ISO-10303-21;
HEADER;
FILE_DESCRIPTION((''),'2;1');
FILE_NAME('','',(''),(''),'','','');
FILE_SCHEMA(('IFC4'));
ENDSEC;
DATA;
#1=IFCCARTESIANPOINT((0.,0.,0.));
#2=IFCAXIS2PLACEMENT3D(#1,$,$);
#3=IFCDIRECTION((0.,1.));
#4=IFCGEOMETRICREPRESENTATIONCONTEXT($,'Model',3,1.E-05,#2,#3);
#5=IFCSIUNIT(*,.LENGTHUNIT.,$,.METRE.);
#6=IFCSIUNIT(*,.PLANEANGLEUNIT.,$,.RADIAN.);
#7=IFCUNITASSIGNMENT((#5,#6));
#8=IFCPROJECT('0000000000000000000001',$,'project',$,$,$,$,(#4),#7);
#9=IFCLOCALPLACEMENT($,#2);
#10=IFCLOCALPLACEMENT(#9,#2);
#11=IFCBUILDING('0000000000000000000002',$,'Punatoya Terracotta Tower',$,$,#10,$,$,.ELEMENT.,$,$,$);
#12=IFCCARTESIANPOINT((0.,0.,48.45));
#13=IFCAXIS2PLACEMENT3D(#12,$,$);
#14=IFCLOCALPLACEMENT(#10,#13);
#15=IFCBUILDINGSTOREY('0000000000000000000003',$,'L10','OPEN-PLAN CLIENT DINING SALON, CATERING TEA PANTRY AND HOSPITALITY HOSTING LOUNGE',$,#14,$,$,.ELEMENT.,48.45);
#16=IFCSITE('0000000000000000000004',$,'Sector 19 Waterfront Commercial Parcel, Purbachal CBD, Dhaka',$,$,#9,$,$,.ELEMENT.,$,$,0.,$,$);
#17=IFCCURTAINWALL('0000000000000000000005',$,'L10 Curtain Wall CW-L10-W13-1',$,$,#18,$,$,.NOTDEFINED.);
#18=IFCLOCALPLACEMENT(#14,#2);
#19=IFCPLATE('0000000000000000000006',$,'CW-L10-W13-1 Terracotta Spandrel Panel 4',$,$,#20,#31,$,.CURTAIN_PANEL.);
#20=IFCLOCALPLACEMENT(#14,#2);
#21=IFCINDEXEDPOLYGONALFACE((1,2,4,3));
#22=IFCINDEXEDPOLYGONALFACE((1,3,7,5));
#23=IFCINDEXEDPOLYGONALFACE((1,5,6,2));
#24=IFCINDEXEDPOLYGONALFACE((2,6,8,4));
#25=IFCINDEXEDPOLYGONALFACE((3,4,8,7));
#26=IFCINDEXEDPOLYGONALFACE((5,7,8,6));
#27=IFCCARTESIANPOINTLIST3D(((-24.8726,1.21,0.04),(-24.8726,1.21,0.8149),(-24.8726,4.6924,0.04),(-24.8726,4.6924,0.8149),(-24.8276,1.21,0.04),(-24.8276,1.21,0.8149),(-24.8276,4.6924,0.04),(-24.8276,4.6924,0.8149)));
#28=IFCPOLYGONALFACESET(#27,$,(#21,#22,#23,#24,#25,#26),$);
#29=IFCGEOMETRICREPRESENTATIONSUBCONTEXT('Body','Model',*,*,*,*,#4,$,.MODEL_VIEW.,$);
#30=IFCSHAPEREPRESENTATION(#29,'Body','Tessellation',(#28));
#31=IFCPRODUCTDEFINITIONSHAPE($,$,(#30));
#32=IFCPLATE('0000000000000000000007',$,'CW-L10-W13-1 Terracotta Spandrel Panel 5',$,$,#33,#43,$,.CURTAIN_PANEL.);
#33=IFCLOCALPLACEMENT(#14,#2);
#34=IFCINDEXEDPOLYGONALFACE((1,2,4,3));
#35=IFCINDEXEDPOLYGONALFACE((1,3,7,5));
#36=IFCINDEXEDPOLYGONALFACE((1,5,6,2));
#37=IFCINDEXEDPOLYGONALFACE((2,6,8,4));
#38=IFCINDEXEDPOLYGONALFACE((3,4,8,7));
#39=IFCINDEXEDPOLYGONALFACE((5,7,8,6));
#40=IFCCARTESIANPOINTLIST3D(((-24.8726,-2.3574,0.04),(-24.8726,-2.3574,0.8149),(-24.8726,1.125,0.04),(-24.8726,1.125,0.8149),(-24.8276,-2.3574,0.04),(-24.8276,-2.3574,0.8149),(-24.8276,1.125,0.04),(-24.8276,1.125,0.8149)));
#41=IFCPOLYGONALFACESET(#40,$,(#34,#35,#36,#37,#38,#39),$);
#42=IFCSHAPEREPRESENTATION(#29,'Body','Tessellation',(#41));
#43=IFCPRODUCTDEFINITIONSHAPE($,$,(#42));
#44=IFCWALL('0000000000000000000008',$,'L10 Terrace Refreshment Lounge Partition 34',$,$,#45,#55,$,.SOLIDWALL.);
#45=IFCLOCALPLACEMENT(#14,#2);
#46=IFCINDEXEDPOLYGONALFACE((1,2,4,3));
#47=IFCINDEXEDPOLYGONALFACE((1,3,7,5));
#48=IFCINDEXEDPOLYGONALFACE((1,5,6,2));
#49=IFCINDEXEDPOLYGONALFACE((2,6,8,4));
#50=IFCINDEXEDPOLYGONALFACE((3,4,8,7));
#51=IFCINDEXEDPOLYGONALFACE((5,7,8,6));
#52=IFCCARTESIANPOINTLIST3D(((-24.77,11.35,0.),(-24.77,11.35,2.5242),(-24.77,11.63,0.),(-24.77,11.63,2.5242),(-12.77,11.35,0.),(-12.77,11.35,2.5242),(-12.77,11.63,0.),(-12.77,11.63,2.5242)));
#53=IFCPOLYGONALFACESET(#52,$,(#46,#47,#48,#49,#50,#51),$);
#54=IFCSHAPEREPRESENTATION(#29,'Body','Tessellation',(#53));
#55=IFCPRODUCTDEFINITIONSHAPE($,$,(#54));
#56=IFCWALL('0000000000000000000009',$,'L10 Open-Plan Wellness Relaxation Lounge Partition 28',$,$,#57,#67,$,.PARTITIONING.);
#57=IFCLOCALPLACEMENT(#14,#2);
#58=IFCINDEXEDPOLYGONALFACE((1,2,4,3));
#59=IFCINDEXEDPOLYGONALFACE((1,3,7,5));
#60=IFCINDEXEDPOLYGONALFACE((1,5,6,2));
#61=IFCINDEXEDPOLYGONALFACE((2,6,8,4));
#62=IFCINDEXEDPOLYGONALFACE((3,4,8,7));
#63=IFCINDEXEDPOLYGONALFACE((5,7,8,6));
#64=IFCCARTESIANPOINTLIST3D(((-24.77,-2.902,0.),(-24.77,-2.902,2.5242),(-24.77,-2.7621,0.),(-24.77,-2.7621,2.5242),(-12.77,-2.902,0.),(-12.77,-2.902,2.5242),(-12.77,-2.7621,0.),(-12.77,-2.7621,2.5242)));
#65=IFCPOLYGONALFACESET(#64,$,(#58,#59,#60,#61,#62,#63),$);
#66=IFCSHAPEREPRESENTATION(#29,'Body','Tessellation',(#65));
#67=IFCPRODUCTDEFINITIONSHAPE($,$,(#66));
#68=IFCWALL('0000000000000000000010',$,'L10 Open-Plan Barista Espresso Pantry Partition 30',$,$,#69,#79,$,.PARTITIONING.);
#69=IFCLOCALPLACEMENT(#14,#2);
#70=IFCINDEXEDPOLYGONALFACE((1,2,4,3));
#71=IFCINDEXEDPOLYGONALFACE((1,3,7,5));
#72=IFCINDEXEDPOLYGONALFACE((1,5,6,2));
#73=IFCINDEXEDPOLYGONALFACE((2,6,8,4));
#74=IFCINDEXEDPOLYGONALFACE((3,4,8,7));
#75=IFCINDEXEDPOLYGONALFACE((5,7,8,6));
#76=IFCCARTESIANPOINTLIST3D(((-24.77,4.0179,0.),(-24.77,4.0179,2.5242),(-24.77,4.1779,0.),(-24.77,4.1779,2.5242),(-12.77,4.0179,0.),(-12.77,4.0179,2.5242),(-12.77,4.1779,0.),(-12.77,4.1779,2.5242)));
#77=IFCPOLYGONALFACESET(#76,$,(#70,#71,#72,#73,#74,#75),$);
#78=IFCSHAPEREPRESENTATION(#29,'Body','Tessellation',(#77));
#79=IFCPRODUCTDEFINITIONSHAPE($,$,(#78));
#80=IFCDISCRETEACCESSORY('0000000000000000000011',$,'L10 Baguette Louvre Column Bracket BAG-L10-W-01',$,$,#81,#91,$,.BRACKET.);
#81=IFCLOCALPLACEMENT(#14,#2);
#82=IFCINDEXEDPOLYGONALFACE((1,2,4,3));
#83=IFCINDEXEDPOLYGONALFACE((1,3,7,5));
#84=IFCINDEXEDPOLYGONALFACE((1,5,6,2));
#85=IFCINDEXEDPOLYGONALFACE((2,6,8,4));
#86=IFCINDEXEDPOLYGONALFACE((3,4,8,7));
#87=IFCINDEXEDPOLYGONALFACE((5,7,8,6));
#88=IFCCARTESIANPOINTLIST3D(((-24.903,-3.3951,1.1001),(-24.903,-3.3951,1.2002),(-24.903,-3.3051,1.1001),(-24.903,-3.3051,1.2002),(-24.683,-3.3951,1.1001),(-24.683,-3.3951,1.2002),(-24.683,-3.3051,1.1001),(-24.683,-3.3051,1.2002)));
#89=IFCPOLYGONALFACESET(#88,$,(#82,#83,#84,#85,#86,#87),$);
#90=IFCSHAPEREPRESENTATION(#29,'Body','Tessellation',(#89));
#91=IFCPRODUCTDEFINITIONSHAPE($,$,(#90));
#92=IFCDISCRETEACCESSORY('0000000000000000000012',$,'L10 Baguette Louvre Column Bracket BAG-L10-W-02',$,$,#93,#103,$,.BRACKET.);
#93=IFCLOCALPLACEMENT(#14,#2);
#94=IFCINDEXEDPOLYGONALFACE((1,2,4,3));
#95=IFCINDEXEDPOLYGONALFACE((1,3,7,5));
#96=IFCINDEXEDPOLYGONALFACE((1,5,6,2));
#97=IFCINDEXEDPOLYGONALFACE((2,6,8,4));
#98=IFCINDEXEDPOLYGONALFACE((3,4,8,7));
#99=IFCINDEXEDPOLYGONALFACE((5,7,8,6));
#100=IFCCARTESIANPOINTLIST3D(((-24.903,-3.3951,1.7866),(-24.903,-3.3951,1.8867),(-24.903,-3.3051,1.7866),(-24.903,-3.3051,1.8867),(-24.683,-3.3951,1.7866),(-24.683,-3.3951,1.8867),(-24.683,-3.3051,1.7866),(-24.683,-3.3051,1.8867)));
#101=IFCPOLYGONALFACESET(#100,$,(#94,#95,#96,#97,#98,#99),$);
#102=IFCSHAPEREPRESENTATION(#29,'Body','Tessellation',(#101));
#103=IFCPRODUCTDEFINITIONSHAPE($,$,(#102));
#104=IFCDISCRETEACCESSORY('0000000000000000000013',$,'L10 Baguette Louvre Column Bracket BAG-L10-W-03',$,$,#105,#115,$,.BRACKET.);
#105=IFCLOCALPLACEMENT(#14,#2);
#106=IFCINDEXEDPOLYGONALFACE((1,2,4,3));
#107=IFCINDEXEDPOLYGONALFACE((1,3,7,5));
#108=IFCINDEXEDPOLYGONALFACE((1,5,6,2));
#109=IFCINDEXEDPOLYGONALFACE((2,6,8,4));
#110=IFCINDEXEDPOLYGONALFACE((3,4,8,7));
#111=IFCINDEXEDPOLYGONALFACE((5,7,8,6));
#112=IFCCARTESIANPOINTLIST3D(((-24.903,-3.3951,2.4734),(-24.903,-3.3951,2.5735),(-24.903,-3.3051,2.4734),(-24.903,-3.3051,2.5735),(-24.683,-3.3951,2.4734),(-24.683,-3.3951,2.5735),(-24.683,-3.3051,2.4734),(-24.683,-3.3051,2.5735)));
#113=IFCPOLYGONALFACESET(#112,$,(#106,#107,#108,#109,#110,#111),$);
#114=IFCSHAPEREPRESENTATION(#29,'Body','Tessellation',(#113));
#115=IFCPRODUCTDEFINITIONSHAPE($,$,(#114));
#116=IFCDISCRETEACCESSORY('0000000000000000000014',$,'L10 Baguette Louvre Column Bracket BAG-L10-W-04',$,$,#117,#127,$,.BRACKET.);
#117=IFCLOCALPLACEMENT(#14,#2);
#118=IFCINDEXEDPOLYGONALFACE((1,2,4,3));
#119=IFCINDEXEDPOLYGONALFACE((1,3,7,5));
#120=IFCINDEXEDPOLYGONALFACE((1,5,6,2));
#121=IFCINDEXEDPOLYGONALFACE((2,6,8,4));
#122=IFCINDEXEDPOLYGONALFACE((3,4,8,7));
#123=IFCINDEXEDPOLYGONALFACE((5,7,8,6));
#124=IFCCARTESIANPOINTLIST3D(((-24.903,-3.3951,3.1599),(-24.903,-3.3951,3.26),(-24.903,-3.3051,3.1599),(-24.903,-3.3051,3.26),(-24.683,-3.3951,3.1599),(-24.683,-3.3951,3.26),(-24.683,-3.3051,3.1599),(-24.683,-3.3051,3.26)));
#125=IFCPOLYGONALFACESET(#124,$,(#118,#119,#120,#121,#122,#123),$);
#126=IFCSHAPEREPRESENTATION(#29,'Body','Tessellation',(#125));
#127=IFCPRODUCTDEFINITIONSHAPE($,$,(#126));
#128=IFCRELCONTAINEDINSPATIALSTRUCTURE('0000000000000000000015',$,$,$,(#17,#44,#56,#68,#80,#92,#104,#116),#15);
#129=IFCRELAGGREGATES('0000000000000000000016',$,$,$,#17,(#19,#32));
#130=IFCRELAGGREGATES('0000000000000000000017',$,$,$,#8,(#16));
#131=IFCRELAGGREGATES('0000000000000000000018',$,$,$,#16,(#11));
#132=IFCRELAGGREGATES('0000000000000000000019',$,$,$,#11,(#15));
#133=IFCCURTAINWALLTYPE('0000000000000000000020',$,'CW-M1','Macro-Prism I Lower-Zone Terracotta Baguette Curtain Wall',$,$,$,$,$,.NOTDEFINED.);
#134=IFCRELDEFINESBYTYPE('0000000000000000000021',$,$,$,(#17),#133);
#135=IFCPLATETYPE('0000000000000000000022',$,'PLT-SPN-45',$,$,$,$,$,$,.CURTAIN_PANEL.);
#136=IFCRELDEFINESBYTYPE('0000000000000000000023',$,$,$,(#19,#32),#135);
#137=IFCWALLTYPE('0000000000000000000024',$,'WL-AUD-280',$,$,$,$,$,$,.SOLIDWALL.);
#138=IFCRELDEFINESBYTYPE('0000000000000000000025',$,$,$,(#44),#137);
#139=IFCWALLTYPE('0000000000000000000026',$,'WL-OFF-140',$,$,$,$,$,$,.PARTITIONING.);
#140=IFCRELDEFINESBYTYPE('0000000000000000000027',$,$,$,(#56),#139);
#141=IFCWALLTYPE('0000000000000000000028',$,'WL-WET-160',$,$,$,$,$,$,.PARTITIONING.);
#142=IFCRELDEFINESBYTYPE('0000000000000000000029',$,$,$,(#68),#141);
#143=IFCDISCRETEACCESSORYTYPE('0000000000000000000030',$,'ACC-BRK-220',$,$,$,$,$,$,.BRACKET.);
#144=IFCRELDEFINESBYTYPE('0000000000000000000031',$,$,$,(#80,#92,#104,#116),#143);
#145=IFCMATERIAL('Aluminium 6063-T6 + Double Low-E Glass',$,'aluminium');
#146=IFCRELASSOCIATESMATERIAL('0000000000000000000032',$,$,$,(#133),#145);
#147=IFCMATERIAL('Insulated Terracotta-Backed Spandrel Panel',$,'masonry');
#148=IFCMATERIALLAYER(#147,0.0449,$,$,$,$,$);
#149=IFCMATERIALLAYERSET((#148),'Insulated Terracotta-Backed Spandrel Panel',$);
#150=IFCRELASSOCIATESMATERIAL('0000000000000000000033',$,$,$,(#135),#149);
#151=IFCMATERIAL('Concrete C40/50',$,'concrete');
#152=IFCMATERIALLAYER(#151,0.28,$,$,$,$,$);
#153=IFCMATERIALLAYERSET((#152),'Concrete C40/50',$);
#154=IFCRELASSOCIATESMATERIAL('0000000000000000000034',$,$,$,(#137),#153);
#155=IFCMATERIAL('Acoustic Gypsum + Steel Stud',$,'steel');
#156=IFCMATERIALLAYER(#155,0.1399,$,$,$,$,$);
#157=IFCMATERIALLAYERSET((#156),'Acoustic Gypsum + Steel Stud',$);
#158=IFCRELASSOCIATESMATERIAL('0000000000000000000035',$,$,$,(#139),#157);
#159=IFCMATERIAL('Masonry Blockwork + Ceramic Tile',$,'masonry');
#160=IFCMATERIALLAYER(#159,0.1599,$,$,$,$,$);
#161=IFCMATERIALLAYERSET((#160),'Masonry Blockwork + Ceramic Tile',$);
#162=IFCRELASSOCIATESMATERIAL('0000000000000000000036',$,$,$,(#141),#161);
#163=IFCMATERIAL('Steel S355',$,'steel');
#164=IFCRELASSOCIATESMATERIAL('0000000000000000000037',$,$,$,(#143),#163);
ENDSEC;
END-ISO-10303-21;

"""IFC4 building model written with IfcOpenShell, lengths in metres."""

from ifc_helpers import new_model, si_unit, direction, frame, frame_2d, origin, origin_2d, place, context, subcontext, project, spatial, rectangle, extrude, material, layer, layer_set, type_object, element, aggregate, save


model = new_model("IFC4")

# Units and contexts
model_context = context("Model", 3, precision=1e-05, world=origin(), true_north=direction((0.0, 1.0)))
body_context = subcontext(model_context, "Body", "Model", "MODEL_VIEW")
ifc_project = project(units=[si_unit("LENGTHUNIT", "METRE"), si_unit("PLANEANGLEUNIT", "RADIAN")], contexts=[model_context])

# Site, building, storey
site_placement = place(None, origin())
site = spatial("IfcSite", under=ifc_project, at=site_placement, Name="Sector 19 Waterfront Commercial Parcel, Purbachal CBD, Dhaka", CompositionType="ELEMENT", RefElevation=0.0)
building_placement = place(site_placement, origin())
building = spatial("IfcBuilding", under=site, at=building_placement, Name="Punatoya Terracotta Tower", CompositionType="ELEMENT")
storey_placement = place(building_placement, frame((0.0, 0.0, 48.45)))
storey = spatial("IfcBuildingStorey", under=building, at=storey_placement, Name="L10", Description="OPEN-PLAN CLIENT DINING SALON, CATERING TEA PANTRY AND HOSPITALITY HOSTING LOUNGE", CompositionType="ELEMENT", Elevation=48.45)

# Curtain wall
ifc_material_1 = material(Name="Aluminium 6063-T6 + Double Low-E Glass", Category="aluminium")
curtain_wall_type = type_object("IfcCurtainWallType", Name="CW-M1", Description="Macro-Prism I Lower-Zone Terracotta Baguette Curtain Wall", PredefinedType="NOTDEFINED", material=ifc_material_1)
curtain_wall_placement = place(storey_placement, origin())
curtain_wall = element("IfcCurtainWall", 1, at=curtain_wall_placement, inside=storey, type_object=curtain_wall_type, Name="L10 Curtain Wall CW-L10-W13-1", PredefinedType="NOTDEFINED")

# Shared definitions
ifc_material_2 = material(Name="Steel S355", Category="steel")

# Plates
ifc_material_3 = material(Name="Insulated Terracotta-Backed Spandrel Panel", Category="masonry")
ifc_layer_1 = layer(ifc_material_3, 0.0449)
ifc_layer_set_1 = layer_set([ifc_layer_1], Name="Insulated Terracotta-Backed Spandrel Panel")
plate_type_1 = type_object("IfcPlateType", Name="PLT-SPN-45", PredefinedType="CURTAIN_PANEL", material=ifc_layer_set_1)
plate_1_placement = place(storey_placement, frame((-24.8501, 2.9512, 0.04), z_axis=(0.0, 0.0, 1.0), x_axis=(0.0, -1.0, 0.0)))
plate_1 = element("IfcPlate", 2, at=plate_1_placement, type_object=plate_type_1, Name="CW-L10-W13-1 Terracotta Spandrel Panel 4", PredefinedType="CURTAIN_PANEL", context=body_context, shape_type="SweptSolid", body=[
    extrude(rectangle(XDim=3.4824, YDim=0.0449, at=origin_2d()), origin(), (0.0, 0.0, 1.0), 0.7749),
])
plate_2_placement = place(storey_placement, frame((-24.8501, -0.6162, 0.04), z_axis=(0.0, 0.0, 1.0), x_axis=(0.0, -1.0, 0.0)))
plate_2 = element("IfcPlate", 3, at=plate_2_placement, type_object=plate_type_1, Name="CW-L10-W13-1 Terracotta Spandrel Panel 5", PredefinedType="CURTAIN_PANEL", context=body_context, shape_type="SweptSolid", body=[
    extrude(rectangle(XDim=3.4824, YDim=0.0449, at=origin_2d()), origin(), (0.0, 0.0, 1.0), 0.7749),
])
aggregate(curtain_wall, [plate_1, plate_2])

# Walls
ifc_material_4 = material(Name="Concrete C40/50", Category="concrete")
ifc_layer_2 = layer(ifc_material_4, 0.28)
ifc_layer_set_2 = layer_set([ifc_layer_2], Name="Concrete C40/50")
wall_type_1 = type_object("IfcWallType", Name="WL-AUD-280", PredefinedType="SOLIDWALL", material=ifc_layer_set_2)
wall_1_placement = place(storey_placement, frame((-24.77, 11.49, 0.0), z_axis=(0.0, 0.0, 1.0), x_axis=(1.0, 0.0, 0.0)))
element("IfcWall", 4, at=wall_1_placement, inside=storey, type_object=wall_type_1, Name="L10 Terrace Refreshment Lounge Partition 34", PredefinedType="SOLIDWALL", context=body_context, shape_type="SweptSolid", body=[
    extrude(rectangle(XDim=12.0, YDim=0.28, at=frame_2d((6.0, 0.0))), origin(), (0.0, 0.0, 1.0), 2.5242),
])
ifc_material_5 = material(Name="Acoustic Gypsum + Steel Stud", Category="steel")
ifc_layer_3 = layer(ifc_material_5, 0.1399)
ifc_layer_set_3 = layer_set([ifc_layer_3], Name="Acoustic Gypsum + Steel Stud")
wall_type_2 = type_object("IfcWallType", Name="WL-OFF-140", PredefinedType="PARTITIONING", material=ifc_layer_set_3)
wall_2_placement = place(storey_placement, frame((-24.77, -2.832, 0.0), z_axis=(0.0, 0.0, 1.0), x_axis=(1.0, 0.0, 0.0)))
element("IfcWall", 5, at=wall_2_placement, inside=storey, type_object=wall_type_2, Name="L10 Open-Plan Wellness Relaxation Lounge Partition 28", PredefinedType="PARTITIONING", context=body_context, shape_type="SweptSolid", body=[
    extrude(rectangle(XDim=12.0, YDim=0.1399, at=frame_2d((6.0, 0.0))), origin(), (0.0, 0.0, 1.0), 2.5242),
])
ifc_material_6 = material(Name="Masonry Blockwork + Ceramic Tile", Category="masonry")
ifc_layer_4 = layer(ifc_material_6, 0.1599)
ifc_layer_set_4 = layer_set([ifc_layer_4], Name="Masonry Blockwork + Ceramic Tile")
wall_type_3 = type_object("IfcWallType", Name="WL-WET-160", PredefinedType="PARTITIONING", material=ifc_layer_set_4)
wall_3_placement = place(storey_placement, frame((-24.77, 4.0979, 0.0), z_axis=(0.0, 0.0, 1.0), x_axis=(1.0, 0.0, 0.0)))
element("IfcWall", 6, at=wall_3_placement, inside=storey, type_object=wall_type_3, Name="L10 Open-Plan Barista Espresso Pantry Partition 30", PredefinedType="PARTITIONING", context=body_context, shape_type="SweptSolid", body=[
    extrude(rectangle(XDim=12.0, YDim=0.1599, at=frame_2d((6.0, 0.0))), origin(), (0.0, 0.0, 1.0), 2.5242),
])

# Discrete accessories
discrete_accessory_type = type_object("IfcDiscreteAccessoryType", Name="ACC-BRK-220", PredefinedType="BRACKET", material=ifc_material_2)
for number, where, z_axis, x_axis, name in (
    (7, (-24.793, -3.3501, 1.1001), (0.0, 0.0, 1.0), (0.0, 1.0, 0.0), "L10 Baguette Louvre Column Bracket BAG-L10-W-01"),
    (8, (-24.793, -3.3501, 1.7866), (0.0, 0.0, 1.0), (0.0, 1.0, 0.0), "L10 Baguette Louvre Column Bracket BAG-L10-W-02"),
    (9, (-24.793, -3.3501, 2.4734), (0.0, 0.0, 1.0), (0.0, 1.0, 0.0), "L10 Baguette Louvre Column Bracket BAG-L10-W-03"),
    (10, (-24.793, -3.3501, 3.1599), (0.0, 0.0, 1.0), (0.0, 1.0, 0.0), "L10 Baguette Louvre Column Bracket BAG-L10-W-04"),
):
    element("IfcDiscreteAccessory", number, at=place(storey_placement, frame(where, z_axis=z_axis, x_axis=x_axis)), inside=storey, type_object=discrete_accessory_type, Name=name, PredefinedType="BRACKET", context=body_context, shape_type="SweptSolid", body=[
        extrude(rectangle(XDim=0.0901, YDim=0.22, at=origin_2d()), origin(), (0.0, 0.0, 1.0), 0.1001),
    ])

save(model, "model.ifc")
